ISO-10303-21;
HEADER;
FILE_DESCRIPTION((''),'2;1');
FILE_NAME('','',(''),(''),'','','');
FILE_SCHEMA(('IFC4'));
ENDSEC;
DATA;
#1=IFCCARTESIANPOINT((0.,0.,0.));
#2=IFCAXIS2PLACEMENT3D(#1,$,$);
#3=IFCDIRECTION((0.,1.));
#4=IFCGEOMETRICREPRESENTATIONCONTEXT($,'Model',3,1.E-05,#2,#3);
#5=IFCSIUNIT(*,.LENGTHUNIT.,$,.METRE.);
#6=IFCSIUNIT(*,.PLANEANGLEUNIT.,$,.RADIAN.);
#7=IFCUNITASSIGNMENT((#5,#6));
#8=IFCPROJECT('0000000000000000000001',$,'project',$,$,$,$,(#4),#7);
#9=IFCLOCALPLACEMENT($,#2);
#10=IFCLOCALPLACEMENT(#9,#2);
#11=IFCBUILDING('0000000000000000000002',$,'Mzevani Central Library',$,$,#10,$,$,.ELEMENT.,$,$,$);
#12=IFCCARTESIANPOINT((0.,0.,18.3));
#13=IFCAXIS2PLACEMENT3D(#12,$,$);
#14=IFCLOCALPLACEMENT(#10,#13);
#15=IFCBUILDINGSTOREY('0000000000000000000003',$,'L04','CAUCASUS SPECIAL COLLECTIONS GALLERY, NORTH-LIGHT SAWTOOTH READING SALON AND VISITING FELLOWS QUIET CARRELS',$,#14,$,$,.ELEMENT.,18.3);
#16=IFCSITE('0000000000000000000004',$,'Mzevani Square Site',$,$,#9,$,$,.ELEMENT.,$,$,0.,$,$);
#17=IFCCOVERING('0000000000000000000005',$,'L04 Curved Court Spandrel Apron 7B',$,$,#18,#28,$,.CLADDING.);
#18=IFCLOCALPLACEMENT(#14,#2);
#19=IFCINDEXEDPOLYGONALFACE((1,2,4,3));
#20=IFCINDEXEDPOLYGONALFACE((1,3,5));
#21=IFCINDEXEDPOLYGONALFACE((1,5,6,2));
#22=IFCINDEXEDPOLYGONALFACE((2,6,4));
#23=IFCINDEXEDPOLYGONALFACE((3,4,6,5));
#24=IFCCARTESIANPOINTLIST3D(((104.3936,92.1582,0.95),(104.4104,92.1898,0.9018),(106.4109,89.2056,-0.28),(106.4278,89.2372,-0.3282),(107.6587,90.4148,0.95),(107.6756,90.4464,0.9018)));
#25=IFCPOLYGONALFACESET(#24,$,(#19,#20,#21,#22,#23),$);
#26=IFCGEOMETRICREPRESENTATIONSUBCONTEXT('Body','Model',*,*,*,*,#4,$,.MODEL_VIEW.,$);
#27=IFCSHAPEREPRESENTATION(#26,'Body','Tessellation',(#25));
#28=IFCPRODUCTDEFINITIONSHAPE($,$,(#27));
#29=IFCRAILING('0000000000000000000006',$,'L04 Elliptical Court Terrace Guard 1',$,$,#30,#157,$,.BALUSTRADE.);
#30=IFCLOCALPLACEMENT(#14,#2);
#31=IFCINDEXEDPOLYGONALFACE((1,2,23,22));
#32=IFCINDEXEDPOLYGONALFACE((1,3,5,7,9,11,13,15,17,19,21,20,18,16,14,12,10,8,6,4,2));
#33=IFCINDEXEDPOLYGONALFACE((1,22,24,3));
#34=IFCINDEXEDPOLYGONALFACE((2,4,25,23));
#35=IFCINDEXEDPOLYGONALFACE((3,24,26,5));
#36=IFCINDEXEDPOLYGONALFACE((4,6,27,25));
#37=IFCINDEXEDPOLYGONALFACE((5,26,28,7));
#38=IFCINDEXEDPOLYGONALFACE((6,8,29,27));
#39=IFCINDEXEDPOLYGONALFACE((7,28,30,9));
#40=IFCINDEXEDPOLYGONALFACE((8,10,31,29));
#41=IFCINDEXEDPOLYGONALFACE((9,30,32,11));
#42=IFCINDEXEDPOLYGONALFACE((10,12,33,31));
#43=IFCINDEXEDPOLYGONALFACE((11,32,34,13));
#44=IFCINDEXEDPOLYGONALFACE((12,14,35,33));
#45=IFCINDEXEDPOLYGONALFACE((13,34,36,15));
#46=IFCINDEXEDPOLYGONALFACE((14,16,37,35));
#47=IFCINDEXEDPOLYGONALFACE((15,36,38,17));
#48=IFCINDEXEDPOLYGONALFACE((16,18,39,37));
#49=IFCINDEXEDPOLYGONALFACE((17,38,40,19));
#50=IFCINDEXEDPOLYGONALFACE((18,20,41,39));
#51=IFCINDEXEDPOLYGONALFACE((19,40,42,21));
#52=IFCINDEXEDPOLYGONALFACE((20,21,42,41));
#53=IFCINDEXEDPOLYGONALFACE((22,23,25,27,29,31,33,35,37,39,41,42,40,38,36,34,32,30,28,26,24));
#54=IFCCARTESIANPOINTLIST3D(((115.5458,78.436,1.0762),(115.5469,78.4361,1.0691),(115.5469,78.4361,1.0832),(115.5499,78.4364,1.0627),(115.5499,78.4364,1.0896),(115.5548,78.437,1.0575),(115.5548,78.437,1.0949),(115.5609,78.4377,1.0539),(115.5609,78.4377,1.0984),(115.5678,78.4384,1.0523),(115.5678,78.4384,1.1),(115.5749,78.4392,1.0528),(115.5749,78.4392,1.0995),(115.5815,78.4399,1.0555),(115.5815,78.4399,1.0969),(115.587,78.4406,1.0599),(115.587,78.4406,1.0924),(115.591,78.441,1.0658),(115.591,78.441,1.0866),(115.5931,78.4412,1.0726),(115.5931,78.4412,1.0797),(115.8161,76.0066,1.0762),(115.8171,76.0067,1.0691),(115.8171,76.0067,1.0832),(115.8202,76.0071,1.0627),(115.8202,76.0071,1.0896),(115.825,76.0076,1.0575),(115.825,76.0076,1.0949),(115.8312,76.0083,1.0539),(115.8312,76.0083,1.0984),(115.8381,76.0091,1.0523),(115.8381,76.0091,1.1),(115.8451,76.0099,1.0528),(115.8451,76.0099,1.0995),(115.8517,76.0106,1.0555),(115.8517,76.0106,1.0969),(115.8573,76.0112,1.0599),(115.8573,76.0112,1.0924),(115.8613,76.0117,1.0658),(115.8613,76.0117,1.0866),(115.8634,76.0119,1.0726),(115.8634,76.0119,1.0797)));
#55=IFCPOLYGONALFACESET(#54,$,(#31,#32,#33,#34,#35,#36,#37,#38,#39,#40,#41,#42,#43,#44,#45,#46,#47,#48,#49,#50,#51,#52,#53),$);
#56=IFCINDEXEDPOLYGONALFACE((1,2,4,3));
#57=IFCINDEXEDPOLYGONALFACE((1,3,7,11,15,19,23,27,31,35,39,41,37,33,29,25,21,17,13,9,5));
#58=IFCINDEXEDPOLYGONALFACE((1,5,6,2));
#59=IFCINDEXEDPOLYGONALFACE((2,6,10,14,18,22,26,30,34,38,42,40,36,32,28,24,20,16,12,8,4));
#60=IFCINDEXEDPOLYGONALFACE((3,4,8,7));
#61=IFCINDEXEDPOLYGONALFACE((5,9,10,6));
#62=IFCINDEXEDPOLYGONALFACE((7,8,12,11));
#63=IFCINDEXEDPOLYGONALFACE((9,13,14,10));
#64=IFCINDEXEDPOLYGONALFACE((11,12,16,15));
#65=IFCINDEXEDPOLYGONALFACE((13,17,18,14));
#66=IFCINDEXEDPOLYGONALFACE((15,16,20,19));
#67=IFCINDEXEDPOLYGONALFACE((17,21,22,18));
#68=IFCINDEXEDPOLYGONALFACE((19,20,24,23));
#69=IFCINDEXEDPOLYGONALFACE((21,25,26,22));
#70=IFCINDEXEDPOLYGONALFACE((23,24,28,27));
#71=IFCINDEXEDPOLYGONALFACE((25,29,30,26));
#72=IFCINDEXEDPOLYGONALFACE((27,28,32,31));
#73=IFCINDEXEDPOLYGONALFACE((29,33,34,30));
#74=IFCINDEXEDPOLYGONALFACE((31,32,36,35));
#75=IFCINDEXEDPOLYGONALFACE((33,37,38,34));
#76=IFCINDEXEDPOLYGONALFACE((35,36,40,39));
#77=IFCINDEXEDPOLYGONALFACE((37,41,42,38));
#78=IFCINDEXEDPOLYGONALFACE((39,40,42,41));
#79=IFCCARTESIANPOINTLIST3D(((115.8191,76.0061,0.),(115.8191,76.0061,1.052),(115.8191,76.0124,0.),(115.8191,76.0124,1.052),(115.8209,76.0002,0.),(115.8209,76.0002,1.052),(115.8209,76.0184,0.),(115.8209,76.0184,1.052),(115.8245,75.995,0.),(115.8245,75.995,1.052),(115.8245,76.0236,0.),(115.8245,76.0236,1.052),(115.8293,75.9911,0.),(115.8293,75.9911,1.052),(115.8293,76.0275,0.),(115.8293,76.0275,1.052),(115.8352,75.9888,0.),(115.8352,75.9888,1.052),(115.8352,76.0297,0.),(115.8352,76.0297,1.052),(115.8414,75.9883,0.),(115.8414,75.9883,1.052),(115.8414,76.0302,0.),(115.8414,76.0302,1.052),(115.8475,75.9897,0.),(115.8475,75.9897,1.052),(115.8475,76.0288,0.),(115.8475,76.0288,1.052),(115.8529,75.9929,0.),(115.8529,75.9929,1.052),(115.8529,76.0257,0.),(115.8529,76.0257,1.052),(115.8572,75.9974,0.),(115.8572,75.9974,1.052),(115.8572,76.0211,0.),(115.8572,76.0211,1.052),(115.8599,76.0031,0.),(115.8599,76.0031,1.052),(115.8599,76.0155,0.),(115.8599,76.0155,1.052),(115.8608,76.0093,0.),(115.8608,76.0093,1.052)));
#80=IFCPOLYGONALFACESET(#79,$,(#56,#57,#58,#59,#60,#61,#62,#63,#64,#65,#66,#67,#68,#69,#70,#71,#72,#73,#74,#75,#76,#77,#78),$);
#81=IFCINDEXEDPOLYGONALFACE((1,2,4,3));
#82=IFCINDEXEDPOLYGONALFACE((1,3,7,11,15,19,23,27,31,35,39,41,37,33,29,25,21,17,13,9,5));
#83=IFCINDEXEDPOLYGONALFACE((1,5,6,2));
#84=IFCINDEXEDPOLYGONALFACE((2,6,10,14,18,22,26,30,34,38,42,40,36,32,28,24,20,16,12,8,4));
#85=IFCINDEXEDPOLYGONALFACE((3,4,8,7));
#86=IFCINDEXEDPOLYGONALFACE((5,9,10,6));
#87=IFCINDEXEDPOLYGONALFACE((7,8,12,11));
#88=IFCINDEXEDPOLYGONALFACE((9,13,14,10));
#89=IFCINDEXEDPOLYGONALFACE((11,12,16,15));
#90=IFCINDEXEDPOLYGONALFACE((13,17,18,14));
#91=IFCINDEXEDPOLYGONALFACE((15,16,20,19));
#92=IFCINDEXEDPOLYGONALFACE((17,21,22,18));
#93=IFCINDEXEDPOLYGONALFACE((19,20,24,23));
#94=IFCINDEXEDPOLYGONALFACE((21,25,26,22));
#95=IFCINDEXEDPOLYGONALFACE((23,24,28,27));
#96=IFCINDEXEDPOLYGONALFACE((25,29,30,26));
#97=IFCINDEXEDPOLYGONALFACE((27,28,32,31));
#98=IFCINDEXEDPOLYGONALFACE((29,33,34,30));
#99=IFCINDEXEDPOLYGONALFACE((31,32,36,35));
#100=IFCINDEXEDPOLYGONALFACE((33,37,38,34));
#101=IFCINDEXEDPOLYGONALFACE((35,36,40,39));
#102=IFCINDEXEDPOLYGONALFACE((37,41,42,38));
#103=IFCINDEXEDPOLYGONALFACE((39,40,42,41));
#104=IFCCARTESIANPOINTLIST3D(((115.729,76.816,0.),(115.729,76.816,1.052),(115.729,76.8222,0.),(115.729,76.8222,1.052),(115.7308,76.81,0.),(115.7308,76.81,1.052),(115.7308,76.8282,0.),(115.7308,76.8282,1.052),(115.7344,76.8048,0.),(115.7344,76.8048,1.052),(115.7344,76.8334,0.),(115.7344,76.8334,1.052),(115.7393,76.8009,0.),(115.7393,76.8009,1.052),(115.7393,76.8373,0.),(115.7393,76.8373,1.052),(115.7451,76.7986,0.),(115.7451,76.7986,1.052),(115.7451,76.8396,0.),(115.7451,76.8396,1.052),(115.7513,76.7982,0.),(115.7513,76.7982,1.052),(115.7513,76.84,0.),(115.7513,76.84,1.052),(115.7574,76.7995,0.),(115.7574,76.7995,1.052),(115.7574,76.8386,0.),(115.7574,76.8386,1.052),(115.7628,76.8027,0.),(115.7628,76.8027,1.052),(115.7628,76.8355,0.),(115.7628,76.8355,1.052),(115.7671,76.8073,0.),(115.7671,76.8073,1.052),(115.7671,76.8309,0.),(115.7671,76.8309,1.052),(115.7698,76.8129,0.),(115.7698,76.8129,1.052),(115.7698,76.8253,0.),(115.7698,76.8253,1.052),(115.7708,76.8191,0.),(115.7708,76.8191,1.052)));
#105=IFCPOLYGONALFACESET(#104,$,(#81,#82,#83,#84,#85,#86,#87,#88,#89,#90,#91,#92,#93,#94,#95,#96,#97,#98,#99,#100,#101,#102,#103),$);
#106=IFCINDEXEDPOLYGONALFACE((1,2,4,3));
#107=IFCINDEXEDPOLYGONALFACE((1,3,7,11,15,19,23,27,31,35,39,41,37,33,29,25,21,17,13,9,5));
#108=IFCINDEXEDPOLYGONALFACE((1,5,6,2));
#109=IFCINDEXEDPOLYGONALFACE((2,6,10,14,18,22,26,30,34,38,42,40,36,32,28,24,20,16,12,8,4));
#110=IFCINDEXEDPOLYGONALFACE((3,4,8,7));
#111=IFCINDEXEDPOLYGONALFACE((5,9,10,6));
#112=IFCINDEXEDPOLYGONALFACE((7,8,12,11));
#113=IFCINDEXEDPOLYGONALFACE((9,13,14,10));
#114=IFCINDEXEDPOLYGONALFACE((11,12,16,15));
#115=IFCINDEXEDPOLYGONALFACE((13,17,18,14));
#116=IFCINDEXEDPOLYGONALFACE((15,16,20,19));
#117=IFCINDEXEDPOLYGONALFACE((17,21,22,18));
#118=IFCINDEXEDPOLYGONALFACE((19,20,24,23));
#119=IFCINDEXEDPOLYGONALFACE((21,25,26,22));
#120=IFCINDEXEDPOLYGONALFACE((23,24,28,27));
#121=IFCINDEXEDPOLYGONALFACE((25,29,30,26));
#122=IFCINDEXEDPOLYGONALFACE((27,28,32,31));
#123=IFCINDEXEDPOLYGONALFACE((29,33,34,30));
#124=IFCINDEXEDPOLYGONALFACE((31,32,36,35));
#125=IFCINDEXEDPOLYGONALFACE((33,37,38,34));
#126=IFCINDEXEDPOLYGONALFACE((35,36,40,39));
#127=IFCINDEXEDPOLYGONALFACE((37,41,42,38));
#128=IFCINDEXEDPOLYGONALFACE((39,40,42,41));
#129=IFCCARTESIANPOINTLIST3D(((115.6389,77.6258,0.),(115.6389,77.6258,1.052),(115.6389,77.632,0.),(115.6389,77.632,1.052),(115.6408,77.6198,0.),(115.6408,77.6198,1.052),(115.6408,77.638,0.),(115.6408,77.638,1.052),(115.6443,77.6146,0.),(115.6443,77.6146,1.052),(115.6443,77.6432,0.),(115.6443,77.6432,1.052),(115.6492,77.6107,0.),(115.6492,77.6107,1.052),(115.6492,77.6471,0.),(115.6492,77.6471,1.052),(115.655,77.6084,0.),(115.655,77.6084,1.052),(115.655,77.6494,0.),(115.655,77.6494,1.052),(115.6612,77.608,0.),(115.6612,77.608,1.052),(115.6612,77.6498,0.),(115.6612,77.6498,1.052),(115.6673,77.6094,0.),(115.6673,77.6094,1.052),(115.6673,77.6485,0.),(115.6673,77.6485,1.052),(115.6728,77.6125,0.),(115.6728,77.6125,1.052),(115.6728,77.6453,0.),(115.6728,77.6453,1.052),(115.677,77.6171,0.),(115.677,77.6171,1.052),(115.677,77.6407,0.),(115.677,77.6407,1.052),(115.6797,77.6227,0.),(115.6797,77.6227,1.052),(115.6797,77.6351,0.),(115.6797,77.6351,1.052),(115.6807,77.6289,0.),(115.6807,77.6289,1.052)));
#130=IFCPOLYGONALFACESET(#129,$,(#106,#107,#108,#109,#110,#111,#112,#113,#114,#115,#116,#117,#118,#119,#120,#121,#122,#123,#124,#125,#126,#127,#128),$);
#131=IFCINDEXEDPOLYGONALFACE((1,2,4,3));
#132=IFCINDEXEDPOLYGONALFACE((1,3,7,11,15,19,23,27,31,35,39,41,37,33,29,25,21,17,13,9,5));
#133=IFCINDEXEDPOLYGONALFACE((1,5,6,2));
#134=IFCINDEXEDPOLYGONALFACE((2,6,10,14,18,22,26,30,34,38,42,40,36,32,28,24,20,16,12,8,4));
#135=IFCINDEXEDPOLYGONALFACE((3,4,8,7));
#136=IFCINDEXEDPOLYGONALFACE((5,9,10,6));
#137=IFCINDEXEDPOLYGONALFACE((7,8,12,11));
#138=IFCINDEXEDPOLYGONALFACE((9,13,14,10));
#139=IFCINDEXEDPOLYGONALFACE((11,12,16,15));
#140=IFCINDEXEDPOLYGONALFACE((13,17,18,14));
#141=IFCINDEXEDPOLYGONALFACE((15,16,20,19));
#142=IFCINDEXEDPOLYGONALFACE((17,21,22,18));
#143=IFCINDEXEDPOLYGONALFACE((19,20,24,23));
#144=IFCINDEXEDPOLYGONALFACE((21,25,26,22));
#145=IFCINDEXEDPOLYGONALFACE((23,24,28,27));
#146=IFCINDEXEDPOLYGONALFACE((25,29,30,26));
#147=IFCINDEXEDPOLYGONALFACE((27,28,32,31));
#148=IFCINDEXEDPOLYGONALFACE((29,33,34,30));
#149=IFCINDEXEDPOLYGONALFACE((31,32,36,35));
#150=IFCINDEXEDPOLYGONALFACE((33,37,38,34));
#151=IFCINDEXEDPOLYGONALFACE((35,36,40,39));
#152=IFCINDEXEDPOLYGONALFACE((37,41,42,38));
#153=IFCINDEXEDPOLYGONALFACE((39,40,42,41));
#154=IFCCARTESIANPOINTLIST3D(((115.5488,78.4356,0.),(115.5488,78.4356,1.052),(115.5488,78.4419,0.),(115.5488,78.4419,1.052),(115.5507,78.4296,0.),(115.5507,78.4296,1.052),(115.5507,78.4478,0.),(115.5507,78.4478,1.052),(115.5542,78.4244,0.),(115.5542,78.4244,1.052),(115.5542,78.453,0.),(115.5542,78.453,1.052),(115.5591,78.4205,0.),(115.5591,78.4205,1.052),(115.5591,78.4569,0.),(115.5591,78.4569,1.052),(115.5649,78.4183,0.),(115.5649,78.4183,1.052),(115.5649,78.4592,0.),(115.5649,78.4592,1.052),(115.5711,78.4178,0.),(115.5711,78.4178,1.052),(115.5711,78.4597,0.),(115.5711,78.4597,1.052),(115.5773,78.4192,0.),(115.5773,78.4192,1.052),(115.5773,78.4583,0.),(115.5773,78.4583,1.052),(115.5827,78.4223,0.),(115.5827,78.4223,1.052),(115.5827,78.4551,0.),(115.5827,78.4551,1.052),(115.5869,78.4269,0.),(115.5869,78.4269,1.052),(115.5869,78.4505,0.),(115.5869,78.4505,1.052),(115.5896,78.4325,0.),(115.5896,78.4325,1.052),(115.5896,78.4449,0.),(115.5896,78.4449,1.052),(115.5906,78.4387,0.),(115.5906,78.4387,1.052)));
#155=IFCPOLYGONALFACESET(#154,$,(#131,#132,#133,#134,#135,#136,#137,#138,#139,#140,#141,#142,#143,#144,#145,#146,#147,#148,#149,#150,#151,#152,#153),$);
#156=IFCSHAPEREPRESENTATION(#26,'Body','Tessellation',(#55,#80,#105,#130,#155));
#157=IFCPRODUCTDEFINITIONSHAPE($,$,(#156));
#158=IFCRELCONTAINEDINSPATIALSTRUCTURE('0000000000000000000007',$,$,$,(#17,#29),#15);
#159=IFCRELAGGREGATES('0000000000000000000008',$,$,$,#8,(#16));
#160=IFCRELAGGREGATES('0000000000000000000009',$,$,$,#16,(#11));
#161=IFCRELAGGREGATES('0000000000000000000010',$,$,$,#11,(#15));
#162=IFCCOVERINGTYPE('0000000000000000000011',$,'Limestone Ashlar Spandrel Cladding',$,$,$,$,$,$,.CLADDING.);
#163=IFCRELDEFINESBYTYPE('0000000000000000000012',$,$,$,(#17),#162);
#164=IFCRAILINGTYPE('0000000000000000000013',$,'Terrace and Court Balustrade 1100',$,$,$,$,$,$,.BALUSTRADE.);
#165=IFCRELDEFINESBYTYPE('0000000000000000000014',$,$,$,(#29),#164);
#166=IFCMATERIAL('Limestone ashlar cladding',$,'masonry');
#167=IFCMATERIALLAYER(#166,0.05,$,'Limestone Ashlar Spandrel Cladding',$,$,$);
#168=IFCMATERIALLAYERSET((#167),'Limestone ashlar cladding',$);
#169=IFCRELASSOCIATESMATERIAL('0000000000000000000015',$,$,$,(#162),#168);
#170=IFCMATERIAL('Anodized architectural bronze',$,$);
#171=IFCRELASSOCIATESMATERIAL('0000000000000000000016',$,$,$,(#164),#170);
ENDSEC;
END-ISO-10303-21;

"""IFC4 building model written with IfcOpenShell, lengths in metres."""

from ifc_helpers import new_model, si_unit, direction, frame, origin, origin_2d, place, context, subcontext, project, spatial, polyline, circle, outline, extrude, material, layer, layer_set, type_object, element, save


model = new_model("IFC4")

# Units and contexts
model_context = context("Model", 3, precision=1e-05, world=origin(), true_north=direction((0.0, 1.0)))
body_context = subcontext(model_context, "Body", "Model", "MODEL_VIEW")
ifc_project = project(units=[si_unit("LENGTHUNIT", "METRE"), si_unit("PLANEANGLEUNIT", "RADIAN")], contexts=[model_context])

# Site, building, storey
site_placement = place(None, origin())
site = spatial("IfcSite", under=ifc_project, at=site_placement, Name="Mzevani Square Site", CompositionType="ELEMENT", RefElevation=0.0)
building_placement = place(site_placement, origin())
building = spatial("IfcBuilding", under=site, at=building_placement, Name="Mzevani Central Library", CompositionType="ELEMENT")
storey_placement = place(building_placement, frame((0.0, 0.0, 18.3)))
storey = spatial("IfcBuildingStorey", under=building, at=storey_placement, Name="L04", Description="CAUCASUS SPECIAL COLLECTIONS GALLERY, NORTH-LIGHT SAWTOOTH READING SALON AND VISITING FELLOWS QUIET CARRELS", CompositionType="ELEMENT", Elevation=18.3)

# Covering
ifc_material_1 = material(Name="Limestone ashlar cladding", Category="masonry")
ifc_layer_1 = layer(ifc_material_1, 0.05, Name="Limestone Ashlar Spandrel Cladding")
ifc_layer_set_1 = layer_set([ifc_layer_1], Name="Limestone ashlar cladding")
covering_type = type_object("IfcCoveringType", Name="Limestone Ashlar Spandrel Cladding", PredefinedType="CLADDING", material=ifc_layer_set_1)
covering_1_placement = place(storey_placement, frame((106.4109, 89.2056, -0.28), z_axis=(-0.281019, -0.526305, 0.802516), x_axis=(-0.533459, 0.780789, 0.325253)))
element("IfcCovering", 1, at=covering_1_placement, inside=storey, type_object=covering_type, Name="L04 Curved Court Spandrel Apron 7B", PredefinedType="CLADDING", context=body_context, shape_type="SweptSolid", body=[
    extrude(outline(polyline([(0.0, 0.0), (3.7816, 0.0), (0.6786, -2.0178), (0.0, 0.0)])), origin(), (0.0, 0.0, -1.0), 0.0601),
])

# Railing
ifc_material_2 = material(Name="Anodized architectural bronze")
railing_type = type_object("IfcRailingType", Name="Terrace and Court Balustrade 1100", PredefinedType="BALUSTRADE", material=ifc_material_2)
railing_1_placement = place(storey_placement, frame((115.8398, 76.0093, 0.0)))
element("IfcRailing", 2, at=railing_1_placement, inside=storey, type_object=railing_type, Name="L04 Elliptical Court Terrace Guard 1", PredefinedType="BALUSTRADE", context=body_context, shape_type="SweptSolid", body=[
    extrude(circle(Radius=0.0239, at=origin_2d()), frame((0.0, 0.0, 1.0762), z_axis=(-0.110563, 0.993869, 0.0), x_axis=(-0.993869, -0.110563, 0.0)), (0.0, 0.0, 1.0), 2.4443),
    extrude(circle(Radius=0.021, at=origin_2d()), origin(), (0.0, 0.0, 1.0), 1.052),
    extrude(circle(Radius=0.021, at=origin_2d()), frame((-0.0901, 0.8098, 0.0)), (0.0, 0.0, 1.0), 1.052),
    extrude(circle(Radius=0.021, at=origin_2d()), frame((-0.1802, 1.6196, 0.0)), (0.0, 0.0, 1.0), 1.052),
    extrude(circle(Radius=0.021, at=origin_2d()), frame((-0.2703, 2.4294, 0.0)), (0.0, 0.0, 1.0), 1.052),
])

save(model, "model.ifc")
